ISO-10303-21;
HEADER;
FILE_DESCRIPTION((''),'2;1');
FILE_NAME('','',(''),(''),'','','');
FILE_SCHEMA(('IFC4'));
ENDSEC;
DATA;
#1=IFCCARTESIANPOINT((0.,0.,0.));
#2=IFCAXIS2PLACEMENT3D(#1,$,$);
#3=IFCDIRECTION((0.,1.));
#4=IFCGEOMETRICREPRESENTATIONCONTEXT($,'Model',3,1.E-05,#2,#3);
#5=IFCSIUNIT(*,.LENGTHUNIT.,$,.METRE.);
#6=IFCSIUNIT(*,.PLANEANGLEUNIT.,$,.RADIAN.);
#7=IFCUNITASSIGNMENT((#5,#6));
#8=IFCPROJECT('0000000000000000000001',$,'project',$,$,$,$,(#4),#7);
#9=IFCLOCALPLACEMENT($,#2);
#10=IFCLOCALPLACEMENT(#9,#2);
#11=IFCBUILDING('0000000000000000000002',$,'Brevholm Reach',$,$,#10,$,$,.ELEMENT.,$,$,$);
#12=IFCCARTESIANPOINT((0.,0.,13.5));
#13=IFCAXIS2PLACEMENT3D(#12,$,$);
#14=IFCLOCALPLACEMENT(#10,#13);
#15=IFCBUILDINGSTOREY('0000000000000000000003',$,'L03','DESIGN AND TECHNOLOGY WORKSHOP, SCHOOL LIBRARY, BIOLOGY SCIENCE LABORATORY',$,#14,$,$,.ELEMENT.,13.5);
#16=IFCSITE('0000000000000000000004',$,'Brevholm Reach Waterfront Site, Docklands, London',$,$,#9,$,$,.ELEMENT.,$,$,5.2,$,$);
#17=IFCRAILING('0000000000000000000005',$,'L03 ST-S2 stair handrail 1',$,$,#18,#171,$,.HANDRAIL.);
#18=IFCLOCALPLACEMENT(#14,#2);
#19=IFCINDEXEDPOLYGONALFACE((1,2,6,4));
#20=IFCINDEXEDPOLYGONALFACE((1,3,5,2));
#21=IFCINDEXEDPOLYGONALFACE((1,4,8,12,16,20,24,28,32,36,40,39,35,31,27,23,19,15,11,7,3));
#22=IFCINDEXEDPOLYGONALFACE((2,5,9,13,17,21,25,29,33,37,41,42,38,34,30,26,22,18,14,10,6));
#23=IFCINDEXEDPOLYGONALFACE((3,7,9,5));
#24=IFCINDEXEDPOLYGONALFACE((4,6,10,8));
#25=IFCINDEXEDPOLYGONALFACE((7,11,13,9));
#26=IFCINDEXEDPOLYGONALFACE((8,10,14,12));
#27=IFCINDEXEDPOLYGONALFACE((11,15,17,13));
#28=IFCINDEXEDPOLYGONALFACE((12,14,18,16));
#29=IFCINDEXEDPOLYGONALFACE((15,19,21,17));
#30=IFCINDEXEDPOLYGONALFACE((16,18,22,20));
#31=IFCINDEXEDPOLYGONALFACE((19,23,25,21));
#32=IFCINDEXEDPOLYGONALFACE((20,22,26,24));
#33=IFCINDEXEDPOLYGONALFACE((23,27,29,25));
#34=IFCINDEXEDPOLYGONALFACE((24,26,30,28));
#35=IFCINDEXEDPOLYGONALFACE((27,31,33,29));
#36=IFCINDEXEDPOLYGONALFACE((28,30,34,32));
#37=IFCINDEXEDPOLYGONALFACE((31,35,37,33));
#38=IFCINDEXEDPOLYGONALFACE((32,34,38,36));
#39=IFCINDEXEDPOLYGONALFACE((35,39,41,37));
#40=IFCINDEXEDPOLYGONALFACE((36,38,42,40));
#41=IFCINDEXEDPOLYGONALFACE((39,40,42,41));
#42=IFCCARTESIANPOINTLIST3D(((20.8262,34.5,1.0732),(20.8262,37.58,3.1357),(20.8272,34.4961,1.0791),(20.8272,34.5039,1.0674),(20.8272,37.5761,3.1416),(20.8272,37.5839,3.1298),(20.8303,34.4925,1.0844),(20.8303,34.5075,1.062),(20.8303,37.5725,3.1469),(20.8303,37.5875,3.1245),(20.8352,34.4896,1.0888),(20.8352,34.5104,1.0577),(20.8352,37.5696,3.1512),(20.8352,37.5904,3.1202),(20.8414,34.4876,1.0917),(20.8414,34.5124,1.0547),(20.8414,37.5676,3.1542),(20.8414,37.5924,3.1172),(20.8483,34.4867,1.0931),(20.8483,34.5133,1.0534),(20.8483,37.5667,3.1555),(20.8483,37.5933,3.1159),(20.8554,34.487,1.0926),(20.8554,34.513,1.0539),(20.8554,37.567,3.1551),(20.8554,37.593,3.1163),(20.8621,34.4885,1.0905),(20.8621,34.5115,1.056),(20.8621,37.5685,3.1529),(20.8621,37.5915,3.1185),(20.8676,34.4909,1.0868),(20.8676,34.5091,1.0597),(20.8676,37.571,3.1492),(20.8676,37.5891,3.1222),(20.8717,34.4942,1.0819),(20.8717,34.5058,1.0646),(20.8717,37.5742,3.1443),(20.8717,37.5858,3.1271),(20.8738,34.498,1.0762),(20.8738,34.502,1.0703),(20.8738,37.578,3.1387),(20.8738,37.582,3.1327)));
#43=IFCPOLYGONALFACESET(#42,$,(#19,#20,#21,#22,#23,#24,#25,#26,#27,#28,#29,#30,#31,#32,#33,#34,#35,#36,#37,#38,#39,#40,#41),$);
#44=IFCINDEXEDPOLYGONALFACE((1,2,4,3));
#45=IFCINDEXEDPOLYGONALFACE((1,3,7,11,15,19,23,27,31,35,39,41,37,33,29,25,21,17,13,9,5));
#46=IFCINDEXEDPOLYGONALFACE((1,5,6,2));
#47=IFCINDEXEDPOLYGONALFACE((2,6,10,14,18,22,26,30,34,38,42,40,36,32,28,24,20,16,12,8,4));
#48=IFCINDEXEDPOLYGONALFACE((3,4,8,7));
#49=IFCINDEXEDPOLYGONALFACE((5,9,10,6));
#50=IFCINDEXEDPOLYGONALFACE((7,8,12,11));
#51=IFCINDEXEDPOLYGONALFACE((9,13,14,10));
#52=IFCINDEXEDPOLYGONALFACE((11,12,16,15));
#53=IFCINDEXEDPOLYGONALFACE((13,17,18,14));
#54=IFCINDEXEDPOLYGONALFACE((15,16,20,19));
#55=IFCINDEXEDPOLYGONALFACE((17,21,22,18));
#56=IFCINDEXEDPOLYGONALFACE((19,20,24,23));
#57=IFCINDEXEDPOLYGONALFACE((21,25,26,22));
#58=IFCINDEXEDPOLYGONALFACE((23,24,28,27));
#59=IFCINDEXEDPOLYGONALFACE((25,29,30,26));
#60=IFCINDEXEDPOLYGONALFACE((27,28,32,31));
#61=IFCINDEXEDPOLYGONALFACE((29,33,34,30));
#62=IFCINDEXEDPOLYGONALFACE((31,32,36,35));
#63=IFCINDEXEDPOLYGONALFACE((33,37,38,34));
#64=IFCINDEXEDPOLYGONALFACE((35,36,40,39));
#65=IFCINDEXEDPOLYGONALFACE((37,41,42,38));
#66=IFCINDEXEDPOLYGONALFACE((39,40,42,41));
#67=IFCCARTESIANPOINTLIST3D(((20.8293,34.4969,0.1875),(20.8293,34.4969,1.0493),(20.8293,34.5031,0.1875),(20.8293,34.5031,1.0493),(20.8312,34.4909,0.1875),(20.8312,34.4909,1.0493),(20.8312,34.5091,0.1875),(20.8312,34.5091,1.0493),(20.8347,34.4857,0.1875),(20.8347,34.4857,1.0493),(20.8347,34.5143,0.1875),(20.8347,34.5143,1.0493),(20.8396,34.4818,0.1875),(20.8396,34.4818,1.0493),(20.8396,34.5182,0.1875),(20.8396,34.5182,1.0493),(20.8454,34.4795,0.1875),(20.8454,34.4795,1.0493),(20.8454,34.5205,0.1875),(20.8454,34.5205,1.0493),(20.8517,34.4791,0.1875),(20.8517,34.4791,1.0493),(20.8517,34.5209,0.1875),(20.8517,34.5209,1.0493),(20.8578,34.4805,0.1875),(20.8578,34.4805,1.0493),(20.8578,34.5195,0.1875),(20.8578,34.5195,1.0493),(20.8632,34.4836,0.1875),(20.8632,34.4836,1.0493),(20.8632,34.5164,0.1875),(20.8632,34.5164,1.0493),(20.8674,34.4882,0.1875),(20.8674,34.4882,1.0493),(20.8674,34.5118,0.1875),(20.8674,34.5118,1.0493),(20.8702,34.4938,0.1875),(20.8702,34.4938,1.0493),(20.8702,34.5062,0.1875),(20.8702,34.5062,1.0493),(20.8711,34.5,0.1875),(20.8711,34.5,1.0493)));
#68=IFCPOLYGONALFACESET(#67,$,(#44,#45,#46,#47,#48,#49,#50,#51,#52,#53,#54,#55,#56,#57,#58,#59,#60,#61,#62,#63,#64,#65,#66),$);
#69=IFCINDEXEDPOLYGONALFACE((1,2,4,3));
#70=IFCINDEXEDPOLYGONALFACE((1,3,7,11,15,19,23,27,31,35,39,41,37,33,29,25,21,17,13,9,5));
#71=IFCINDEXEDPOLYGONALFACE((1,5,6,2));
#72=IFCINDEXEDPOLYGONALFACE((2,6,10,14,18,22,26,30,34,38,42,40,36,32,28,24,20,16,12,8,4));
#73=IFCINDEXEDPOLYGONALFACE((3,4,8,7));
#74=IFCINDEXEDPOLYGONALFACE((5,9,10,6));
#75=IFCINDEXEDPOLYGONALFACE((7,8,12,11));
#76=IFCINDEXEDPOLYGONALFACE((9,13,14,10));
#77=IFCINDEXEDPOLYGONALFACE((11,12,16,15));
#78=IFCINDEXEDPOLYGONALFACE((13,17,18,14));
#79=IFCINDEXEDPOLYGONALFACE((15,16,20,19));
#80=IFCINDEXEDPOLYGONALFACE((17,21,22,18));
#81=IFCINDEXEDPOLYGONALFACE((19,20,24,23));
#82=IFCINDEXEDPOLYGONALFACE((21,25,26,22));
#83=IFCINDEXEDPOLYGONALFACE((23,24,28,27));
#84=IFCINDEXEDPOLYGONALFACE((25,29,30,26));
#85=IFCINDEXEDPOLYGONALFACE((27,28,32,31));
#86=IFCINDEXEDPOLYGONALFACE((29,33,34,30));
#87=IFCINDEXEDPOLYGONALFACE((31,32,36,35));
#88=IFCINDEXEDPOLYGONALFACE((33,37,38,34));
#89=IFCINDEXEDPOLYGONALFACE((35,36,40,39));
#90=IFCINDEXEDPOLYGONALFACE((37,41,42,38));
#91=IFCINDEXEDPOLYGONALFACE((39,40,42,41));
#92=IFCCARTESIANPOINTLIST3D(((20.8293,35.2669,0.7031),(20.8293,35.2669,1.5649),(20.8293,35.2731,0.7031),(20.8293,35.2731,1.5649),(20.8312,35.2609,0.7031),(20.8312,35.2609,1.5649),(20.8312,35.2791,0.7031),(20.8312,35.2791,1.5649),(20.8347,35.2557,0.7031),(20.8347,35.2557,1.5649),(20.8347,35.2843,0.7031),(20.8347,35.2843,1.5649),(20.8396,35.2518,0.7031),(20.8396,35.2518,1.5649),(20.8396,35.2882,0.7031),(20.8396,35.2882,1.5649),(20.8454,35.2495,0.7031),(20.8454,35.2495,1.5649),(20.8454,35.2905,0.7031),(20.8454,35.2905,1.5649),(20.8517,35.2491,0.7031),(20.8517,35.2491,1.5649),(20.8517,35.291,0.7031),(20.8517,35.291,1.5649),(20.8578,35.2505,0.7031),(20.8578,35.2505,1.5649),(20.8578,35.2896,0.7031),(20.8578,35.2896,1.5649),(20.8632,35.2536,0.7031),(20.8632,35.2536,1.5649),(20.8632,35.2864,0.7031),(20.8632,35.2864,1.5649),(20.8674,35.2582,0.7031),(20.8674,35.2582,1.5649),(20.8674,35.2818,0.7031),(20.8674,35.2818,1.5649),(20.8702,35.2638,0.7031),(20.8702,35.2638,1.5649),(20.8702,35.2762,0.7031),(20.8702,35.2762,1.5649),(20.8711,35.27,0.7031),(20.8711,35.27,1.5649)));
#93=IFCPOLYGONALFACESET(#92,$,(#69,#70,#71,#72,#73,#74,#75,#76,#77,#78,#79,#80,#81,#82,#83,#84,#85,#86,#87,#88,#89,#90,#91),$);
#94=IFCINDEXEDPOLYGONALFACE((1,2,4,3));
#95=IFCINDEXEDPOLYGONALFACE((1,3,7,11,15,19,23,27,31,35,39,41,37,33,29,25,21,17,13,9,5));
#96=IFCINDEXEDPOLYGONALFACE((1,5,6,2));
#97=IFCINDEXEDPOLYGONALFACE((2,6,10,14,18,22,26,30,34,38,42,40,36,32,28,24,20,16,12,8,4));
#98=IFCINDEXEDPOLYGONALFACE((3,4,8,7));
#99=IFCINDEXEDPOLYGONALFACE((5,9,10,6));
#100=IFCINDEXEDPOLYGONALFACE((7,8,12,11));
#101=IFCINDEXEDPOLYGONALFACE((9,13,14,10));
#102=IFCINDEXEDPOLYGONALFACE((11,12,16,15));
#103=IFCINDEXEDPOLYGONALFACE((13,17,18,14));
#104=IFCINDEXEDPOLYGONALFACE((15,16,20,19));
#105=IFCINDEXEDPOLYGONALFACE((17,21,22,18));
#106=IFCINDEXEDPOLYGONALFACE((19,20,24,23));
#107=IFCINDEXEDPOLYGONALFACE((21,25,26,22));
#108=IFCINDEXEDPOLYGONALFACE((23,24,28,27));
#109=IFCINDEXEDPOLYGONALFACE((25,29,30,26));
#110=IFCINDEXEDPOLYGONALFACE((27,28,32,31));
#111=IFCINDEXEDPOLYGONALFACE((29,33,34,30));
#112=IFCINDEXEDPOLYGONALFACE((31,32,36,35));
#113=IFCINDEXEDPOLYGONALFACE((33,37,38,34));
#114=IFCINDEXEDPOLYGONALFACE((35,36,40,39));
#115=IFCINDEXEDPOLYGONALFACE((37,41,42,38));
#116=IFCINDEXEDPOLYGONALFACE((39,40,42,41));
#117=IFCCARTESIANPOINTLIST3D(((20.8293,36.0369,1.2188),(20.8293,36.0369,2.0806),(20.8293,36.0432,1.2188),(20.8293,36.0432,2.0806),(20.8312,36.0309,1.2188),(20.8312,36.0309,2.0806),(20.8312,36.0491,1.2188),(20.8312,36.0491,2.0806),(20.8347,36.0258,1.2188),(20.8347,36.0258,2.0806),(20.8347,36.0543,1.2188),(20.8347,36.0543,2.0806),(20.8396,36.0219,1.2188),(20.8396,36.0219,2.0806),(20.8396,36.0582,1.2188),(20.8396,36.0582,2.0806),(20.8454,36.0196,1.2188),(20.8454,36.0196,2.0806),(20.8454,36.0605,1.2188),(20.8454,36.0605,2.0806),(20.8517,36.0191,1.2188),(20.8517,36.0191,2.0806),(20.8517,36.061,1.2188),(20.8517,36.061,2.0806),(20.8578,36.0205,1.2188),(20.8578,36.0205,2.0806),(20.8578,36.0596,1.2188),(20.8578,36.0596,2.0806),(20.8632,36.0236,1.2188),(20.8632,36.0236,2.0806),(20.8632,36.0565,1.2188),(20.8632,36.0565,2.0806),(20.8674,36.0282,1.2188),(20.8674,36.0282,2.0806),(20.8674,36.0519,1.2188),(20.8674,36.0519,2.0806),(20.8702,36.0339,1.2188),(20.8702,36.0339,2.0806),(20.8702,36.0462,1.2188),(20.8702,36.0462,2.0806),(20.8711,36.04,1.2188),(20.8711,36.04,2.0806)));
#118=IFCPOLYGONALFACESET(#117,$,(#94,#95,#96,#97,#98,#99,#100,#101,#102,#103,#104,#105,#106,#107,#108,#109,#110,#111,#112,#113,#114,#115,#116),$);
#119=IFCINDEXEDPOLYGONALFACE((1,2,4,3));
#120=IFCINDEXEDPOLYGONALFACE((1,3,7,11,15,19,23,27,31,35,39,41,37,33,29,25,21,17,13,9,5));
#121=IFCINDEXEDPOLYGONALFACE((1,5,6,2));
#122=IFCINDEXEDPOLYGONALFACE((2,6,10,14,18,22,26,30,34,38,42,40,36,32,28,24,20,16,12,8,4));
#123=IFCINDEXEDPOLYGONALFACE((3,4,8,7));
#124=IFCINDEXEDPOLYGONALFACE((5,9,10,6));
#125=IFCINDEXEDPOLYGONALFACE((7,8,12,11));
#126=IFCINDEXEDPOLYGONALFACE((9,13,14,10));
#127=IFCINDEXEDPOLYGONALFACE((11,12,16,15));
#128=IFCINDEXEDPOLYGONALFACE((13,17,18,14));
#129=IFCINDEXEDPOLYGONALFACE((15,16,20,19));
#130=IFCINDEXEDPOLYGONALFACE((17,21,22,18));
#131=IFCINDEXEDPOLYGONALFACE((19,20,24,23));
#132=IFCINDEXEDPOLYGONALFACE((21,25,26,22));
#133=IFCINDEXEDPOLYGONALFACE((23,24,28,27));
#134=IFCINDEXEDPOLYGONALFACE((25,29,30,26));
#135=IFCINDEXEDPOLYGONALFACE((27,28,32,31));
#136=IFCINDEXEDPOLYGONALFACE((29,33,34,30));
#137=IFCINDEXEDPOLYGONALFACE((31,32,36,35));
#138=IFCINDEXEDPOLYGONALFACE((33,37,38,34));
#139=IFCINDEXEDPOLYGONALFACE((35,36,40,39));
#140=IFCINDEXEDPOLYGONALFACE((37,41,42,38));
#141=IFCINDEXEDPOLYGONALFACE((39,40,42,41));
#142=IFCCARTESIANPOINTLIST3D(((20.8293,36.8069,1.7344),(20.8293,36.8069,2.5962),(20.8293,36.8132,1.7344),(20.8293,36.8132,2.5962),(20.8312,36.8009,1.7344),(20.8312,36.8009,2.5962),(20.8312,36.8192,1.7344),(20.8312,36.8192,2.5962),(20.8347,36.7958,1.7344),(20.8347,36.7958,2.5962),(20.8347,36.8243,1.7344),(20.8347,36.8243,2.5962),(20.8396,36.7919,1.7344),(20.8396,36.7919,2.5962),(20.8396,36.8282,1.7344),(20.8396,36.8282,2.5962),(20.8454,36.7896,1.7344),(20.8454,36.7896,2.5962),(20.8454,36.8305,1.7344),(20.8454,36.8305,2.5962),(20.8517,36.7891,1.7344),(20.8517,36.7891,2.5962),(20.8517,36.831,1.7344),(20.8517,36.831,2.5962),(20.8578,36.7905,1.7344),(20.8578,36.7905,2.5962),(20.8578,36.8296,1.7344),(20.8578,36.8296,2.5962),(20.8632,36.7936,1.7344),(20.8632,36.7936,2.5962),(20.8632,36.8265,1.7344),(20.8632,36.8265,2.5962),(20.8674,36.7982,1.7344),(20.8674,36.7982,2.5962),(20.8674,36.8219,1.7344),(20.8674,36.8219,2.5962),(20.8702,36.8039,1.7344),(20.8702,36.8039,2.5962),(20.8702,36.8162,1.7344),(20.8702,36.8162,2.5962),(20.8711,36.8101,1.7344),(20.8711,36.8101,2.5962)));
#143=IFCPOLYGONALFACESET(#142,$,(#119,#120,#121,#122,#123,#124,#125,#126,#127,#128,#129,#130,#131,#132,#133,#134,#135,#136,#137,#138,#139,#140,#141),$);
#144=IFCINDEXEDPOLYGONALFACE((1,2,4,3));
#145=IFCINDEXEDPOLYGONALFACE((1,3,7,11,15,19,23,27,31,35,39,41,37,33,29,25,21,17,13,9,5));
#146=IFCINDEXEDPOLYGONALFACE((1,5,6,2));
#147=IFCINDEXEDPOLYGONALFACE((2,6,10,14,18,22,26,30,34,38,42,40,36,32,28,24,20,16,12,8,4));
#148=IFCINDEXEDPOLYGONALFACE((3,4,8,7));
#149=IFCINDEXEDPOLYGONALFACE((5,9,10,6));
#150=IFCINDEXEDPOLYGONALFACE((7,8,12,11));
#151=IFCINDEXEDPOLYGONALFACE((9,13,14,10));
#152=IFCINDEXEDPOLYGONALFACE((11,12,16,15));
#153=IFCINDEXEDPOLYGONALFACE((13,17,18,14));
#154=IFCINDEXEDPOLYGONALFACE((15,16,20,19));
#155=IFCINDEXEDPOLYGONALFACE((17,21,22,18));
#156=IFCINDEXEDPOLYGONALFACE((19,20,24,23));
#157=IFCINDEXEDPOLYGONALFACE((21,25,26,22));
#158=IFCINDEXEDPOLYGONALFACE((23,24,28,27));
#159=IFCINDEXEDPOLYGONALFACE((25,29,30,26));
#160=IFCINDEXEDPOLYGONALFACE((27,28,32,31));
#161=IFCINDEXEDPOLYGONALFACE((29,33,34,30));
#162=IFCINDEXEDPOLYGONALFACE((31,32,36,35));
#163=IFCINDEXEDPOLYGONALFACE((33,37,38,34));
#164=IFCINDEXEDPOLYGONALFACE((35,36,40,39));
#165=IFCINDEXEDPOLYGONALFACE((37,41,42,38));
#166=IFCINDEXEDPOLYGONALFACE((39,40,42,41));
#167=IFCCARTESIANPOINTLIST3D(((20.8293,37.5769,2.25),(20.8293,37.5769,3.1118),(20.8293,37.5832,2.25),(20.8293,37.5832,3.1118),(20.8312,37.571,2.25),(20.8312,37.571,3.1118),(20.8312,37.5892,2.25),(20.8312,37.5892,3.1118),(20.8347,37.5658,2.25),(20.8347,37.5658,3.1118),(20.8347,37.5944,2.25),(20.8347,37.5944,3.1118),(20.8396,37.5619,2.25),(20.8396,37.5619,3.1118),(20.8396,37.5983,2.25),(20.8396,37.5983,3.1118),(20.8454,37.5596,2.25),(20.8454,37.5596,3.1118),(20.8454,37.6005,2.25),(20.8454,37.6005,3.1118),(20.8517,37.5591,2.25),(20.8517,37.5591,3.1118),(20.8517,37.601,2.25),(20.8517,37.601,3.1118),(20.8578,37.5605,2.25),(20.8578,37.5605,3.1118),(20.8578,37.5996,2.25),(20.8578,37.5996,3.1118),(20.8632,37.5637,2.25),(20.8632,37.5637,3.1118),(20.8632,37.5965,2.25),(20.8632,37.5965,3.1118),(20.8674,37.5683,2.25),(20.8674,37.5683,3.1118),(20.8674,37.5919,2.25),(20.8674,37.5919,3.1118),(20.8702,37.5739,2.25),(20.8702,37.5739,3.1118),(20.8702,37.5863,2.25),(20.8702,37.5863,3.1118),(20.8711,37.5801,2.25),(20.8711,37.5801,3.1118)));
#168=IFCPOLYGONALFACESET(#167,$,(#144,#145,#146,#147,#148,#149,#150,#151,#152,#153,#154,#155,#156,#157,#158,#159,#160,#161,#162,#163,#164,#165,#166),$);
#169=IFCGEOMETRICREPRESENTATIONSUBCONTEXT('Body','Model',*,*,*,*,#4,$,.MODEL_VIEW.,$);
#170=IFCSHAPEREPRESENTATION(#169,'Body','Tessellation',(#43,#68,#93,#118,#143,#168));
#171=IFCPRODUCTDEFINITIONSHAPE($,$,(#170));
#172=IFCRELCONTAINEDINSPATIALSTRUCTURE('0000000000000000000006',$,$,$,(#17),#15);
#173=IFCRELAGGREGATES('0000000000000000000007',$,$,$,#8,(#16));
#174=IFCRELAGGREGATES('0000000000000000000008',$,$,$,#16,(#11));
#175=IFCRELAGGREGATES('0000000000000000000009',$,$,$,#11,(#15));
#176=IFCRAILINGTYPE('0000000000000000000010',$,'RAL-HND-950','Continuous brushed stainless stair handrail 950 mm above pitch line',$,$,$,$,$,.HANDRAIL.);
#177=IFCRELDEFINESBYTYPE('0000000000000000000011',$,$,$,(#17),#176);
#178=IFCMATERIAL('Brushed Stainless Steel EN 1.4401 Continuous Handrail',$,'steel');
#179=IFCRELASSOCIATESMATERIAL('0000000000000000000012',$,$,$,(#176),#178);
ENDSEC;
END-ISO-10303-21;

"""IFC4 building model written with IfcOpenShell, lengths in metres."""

from ifc_helpers import new_model, si_unit, direction, frame, origin, origin_2d, place, context, subcontext, project, spatial, circle, extrude, material, type_object, element, save


model = new_model("IFC4")

# Units and contexts
model_context = context("Model", 3, precision=1e-05, world=origin(), true_north=direction((0.0, 1.0)))
body_context = subcontext(model_context, "Body", "Model", "MODEL_VIEW")
ifc_project = project(units=[si_unit("LENGTHUNIT", "METRE"), si_unit("PLANEANGLEUNIT", "RADIAN")], contexts=[model_context])

# Site, building, storey
site_placement = place(None, origin())
site = spatial("IfcSite", under=ifc_project, at=site_placement, Name="Brevholm Reach Waterfront Site, Docklands, London", CompositionType="ELEMENT", RefElevation=5.2)
building_placement = place(site_placement, origin())
building = spatial("IfcBuilding", under=site, at=building_placement, Name="Brevholm Reach", CompositionType="ELEMENT")
storey_placement = place(building_placement, frame((0.0, 0.0, 13.5)))
storey = spatial("IfcBuildingStorey", under=building, at=storey_placement, Name="L03", Description="DESIGN AND TECHNOLOGY WORKSHOP, SCHOOL LIBRARY, BIOLOGY SCIENCE LABORATORY", CompositionType="ELEMENT", Elevation=13.5)

# Railing
ifc_material_1 = material(Name="Brushed Stainless Steel EN 1.4401 Continuous Handrail", Category="steel")
railing_type_1 = type_object("IfcRailingType", Name="RAL-HND-950", Description="Continuous brushed stainless stair handrail 950 mm above pitch line", PredefinedType="HANDRAIL", material=ifc_material_1)
railing_1_placement = place(storey_placement, frame((20.8501, 34.5, 0.1875)))
element("IfcRailing", 1, at=railing_1_placement, inside=storey, type_object=railing_type_1, Name="L03 ST-S2 stair handrail 1", PredefinedType="HANDRAIL", context=body_context, shape_type="SweptSolid", body=[
    extrude(circle(Radius=0.0239, at=origin_2d()), frame((0.0, 0.0, 0.8857), z_axis=(0.0, 0.830914, 0.556401), x_axis=(-1.0, 0.0, 0.0)), (0.0, 0.0, 1.0), 3.7068),
    extrude(circle(Radius=0.021, at=origin_2d()), origin(), (0.0, 0.0, 1.0), 0.8618),
    extrude(circle(Radius=0.021, at=origin_2d()), frame((0.0, 0.77, 0.5156)), (0.0, 0.0, 1.0), 0.8618),
    extrude(circle(Radius=0.021, at=origin_2d()), frame((0.0, 1.54, 1.0312)), (0.0, 0.0, 1.0), 0.8618),
    extrude(circle(Radius=0.021, at=origin_2d()), frame((0.0, 2.3101, 1.5469)), (0.0, 0.0, 1.0), 0.8618),
    extrude(circle(Radius=0.021, at=origin_2d()), frame((0.0, 3.0801, 2.0625)), (0.0, 0.0, 1.0), 0.8618),
])

save(model, "model.ifc")
